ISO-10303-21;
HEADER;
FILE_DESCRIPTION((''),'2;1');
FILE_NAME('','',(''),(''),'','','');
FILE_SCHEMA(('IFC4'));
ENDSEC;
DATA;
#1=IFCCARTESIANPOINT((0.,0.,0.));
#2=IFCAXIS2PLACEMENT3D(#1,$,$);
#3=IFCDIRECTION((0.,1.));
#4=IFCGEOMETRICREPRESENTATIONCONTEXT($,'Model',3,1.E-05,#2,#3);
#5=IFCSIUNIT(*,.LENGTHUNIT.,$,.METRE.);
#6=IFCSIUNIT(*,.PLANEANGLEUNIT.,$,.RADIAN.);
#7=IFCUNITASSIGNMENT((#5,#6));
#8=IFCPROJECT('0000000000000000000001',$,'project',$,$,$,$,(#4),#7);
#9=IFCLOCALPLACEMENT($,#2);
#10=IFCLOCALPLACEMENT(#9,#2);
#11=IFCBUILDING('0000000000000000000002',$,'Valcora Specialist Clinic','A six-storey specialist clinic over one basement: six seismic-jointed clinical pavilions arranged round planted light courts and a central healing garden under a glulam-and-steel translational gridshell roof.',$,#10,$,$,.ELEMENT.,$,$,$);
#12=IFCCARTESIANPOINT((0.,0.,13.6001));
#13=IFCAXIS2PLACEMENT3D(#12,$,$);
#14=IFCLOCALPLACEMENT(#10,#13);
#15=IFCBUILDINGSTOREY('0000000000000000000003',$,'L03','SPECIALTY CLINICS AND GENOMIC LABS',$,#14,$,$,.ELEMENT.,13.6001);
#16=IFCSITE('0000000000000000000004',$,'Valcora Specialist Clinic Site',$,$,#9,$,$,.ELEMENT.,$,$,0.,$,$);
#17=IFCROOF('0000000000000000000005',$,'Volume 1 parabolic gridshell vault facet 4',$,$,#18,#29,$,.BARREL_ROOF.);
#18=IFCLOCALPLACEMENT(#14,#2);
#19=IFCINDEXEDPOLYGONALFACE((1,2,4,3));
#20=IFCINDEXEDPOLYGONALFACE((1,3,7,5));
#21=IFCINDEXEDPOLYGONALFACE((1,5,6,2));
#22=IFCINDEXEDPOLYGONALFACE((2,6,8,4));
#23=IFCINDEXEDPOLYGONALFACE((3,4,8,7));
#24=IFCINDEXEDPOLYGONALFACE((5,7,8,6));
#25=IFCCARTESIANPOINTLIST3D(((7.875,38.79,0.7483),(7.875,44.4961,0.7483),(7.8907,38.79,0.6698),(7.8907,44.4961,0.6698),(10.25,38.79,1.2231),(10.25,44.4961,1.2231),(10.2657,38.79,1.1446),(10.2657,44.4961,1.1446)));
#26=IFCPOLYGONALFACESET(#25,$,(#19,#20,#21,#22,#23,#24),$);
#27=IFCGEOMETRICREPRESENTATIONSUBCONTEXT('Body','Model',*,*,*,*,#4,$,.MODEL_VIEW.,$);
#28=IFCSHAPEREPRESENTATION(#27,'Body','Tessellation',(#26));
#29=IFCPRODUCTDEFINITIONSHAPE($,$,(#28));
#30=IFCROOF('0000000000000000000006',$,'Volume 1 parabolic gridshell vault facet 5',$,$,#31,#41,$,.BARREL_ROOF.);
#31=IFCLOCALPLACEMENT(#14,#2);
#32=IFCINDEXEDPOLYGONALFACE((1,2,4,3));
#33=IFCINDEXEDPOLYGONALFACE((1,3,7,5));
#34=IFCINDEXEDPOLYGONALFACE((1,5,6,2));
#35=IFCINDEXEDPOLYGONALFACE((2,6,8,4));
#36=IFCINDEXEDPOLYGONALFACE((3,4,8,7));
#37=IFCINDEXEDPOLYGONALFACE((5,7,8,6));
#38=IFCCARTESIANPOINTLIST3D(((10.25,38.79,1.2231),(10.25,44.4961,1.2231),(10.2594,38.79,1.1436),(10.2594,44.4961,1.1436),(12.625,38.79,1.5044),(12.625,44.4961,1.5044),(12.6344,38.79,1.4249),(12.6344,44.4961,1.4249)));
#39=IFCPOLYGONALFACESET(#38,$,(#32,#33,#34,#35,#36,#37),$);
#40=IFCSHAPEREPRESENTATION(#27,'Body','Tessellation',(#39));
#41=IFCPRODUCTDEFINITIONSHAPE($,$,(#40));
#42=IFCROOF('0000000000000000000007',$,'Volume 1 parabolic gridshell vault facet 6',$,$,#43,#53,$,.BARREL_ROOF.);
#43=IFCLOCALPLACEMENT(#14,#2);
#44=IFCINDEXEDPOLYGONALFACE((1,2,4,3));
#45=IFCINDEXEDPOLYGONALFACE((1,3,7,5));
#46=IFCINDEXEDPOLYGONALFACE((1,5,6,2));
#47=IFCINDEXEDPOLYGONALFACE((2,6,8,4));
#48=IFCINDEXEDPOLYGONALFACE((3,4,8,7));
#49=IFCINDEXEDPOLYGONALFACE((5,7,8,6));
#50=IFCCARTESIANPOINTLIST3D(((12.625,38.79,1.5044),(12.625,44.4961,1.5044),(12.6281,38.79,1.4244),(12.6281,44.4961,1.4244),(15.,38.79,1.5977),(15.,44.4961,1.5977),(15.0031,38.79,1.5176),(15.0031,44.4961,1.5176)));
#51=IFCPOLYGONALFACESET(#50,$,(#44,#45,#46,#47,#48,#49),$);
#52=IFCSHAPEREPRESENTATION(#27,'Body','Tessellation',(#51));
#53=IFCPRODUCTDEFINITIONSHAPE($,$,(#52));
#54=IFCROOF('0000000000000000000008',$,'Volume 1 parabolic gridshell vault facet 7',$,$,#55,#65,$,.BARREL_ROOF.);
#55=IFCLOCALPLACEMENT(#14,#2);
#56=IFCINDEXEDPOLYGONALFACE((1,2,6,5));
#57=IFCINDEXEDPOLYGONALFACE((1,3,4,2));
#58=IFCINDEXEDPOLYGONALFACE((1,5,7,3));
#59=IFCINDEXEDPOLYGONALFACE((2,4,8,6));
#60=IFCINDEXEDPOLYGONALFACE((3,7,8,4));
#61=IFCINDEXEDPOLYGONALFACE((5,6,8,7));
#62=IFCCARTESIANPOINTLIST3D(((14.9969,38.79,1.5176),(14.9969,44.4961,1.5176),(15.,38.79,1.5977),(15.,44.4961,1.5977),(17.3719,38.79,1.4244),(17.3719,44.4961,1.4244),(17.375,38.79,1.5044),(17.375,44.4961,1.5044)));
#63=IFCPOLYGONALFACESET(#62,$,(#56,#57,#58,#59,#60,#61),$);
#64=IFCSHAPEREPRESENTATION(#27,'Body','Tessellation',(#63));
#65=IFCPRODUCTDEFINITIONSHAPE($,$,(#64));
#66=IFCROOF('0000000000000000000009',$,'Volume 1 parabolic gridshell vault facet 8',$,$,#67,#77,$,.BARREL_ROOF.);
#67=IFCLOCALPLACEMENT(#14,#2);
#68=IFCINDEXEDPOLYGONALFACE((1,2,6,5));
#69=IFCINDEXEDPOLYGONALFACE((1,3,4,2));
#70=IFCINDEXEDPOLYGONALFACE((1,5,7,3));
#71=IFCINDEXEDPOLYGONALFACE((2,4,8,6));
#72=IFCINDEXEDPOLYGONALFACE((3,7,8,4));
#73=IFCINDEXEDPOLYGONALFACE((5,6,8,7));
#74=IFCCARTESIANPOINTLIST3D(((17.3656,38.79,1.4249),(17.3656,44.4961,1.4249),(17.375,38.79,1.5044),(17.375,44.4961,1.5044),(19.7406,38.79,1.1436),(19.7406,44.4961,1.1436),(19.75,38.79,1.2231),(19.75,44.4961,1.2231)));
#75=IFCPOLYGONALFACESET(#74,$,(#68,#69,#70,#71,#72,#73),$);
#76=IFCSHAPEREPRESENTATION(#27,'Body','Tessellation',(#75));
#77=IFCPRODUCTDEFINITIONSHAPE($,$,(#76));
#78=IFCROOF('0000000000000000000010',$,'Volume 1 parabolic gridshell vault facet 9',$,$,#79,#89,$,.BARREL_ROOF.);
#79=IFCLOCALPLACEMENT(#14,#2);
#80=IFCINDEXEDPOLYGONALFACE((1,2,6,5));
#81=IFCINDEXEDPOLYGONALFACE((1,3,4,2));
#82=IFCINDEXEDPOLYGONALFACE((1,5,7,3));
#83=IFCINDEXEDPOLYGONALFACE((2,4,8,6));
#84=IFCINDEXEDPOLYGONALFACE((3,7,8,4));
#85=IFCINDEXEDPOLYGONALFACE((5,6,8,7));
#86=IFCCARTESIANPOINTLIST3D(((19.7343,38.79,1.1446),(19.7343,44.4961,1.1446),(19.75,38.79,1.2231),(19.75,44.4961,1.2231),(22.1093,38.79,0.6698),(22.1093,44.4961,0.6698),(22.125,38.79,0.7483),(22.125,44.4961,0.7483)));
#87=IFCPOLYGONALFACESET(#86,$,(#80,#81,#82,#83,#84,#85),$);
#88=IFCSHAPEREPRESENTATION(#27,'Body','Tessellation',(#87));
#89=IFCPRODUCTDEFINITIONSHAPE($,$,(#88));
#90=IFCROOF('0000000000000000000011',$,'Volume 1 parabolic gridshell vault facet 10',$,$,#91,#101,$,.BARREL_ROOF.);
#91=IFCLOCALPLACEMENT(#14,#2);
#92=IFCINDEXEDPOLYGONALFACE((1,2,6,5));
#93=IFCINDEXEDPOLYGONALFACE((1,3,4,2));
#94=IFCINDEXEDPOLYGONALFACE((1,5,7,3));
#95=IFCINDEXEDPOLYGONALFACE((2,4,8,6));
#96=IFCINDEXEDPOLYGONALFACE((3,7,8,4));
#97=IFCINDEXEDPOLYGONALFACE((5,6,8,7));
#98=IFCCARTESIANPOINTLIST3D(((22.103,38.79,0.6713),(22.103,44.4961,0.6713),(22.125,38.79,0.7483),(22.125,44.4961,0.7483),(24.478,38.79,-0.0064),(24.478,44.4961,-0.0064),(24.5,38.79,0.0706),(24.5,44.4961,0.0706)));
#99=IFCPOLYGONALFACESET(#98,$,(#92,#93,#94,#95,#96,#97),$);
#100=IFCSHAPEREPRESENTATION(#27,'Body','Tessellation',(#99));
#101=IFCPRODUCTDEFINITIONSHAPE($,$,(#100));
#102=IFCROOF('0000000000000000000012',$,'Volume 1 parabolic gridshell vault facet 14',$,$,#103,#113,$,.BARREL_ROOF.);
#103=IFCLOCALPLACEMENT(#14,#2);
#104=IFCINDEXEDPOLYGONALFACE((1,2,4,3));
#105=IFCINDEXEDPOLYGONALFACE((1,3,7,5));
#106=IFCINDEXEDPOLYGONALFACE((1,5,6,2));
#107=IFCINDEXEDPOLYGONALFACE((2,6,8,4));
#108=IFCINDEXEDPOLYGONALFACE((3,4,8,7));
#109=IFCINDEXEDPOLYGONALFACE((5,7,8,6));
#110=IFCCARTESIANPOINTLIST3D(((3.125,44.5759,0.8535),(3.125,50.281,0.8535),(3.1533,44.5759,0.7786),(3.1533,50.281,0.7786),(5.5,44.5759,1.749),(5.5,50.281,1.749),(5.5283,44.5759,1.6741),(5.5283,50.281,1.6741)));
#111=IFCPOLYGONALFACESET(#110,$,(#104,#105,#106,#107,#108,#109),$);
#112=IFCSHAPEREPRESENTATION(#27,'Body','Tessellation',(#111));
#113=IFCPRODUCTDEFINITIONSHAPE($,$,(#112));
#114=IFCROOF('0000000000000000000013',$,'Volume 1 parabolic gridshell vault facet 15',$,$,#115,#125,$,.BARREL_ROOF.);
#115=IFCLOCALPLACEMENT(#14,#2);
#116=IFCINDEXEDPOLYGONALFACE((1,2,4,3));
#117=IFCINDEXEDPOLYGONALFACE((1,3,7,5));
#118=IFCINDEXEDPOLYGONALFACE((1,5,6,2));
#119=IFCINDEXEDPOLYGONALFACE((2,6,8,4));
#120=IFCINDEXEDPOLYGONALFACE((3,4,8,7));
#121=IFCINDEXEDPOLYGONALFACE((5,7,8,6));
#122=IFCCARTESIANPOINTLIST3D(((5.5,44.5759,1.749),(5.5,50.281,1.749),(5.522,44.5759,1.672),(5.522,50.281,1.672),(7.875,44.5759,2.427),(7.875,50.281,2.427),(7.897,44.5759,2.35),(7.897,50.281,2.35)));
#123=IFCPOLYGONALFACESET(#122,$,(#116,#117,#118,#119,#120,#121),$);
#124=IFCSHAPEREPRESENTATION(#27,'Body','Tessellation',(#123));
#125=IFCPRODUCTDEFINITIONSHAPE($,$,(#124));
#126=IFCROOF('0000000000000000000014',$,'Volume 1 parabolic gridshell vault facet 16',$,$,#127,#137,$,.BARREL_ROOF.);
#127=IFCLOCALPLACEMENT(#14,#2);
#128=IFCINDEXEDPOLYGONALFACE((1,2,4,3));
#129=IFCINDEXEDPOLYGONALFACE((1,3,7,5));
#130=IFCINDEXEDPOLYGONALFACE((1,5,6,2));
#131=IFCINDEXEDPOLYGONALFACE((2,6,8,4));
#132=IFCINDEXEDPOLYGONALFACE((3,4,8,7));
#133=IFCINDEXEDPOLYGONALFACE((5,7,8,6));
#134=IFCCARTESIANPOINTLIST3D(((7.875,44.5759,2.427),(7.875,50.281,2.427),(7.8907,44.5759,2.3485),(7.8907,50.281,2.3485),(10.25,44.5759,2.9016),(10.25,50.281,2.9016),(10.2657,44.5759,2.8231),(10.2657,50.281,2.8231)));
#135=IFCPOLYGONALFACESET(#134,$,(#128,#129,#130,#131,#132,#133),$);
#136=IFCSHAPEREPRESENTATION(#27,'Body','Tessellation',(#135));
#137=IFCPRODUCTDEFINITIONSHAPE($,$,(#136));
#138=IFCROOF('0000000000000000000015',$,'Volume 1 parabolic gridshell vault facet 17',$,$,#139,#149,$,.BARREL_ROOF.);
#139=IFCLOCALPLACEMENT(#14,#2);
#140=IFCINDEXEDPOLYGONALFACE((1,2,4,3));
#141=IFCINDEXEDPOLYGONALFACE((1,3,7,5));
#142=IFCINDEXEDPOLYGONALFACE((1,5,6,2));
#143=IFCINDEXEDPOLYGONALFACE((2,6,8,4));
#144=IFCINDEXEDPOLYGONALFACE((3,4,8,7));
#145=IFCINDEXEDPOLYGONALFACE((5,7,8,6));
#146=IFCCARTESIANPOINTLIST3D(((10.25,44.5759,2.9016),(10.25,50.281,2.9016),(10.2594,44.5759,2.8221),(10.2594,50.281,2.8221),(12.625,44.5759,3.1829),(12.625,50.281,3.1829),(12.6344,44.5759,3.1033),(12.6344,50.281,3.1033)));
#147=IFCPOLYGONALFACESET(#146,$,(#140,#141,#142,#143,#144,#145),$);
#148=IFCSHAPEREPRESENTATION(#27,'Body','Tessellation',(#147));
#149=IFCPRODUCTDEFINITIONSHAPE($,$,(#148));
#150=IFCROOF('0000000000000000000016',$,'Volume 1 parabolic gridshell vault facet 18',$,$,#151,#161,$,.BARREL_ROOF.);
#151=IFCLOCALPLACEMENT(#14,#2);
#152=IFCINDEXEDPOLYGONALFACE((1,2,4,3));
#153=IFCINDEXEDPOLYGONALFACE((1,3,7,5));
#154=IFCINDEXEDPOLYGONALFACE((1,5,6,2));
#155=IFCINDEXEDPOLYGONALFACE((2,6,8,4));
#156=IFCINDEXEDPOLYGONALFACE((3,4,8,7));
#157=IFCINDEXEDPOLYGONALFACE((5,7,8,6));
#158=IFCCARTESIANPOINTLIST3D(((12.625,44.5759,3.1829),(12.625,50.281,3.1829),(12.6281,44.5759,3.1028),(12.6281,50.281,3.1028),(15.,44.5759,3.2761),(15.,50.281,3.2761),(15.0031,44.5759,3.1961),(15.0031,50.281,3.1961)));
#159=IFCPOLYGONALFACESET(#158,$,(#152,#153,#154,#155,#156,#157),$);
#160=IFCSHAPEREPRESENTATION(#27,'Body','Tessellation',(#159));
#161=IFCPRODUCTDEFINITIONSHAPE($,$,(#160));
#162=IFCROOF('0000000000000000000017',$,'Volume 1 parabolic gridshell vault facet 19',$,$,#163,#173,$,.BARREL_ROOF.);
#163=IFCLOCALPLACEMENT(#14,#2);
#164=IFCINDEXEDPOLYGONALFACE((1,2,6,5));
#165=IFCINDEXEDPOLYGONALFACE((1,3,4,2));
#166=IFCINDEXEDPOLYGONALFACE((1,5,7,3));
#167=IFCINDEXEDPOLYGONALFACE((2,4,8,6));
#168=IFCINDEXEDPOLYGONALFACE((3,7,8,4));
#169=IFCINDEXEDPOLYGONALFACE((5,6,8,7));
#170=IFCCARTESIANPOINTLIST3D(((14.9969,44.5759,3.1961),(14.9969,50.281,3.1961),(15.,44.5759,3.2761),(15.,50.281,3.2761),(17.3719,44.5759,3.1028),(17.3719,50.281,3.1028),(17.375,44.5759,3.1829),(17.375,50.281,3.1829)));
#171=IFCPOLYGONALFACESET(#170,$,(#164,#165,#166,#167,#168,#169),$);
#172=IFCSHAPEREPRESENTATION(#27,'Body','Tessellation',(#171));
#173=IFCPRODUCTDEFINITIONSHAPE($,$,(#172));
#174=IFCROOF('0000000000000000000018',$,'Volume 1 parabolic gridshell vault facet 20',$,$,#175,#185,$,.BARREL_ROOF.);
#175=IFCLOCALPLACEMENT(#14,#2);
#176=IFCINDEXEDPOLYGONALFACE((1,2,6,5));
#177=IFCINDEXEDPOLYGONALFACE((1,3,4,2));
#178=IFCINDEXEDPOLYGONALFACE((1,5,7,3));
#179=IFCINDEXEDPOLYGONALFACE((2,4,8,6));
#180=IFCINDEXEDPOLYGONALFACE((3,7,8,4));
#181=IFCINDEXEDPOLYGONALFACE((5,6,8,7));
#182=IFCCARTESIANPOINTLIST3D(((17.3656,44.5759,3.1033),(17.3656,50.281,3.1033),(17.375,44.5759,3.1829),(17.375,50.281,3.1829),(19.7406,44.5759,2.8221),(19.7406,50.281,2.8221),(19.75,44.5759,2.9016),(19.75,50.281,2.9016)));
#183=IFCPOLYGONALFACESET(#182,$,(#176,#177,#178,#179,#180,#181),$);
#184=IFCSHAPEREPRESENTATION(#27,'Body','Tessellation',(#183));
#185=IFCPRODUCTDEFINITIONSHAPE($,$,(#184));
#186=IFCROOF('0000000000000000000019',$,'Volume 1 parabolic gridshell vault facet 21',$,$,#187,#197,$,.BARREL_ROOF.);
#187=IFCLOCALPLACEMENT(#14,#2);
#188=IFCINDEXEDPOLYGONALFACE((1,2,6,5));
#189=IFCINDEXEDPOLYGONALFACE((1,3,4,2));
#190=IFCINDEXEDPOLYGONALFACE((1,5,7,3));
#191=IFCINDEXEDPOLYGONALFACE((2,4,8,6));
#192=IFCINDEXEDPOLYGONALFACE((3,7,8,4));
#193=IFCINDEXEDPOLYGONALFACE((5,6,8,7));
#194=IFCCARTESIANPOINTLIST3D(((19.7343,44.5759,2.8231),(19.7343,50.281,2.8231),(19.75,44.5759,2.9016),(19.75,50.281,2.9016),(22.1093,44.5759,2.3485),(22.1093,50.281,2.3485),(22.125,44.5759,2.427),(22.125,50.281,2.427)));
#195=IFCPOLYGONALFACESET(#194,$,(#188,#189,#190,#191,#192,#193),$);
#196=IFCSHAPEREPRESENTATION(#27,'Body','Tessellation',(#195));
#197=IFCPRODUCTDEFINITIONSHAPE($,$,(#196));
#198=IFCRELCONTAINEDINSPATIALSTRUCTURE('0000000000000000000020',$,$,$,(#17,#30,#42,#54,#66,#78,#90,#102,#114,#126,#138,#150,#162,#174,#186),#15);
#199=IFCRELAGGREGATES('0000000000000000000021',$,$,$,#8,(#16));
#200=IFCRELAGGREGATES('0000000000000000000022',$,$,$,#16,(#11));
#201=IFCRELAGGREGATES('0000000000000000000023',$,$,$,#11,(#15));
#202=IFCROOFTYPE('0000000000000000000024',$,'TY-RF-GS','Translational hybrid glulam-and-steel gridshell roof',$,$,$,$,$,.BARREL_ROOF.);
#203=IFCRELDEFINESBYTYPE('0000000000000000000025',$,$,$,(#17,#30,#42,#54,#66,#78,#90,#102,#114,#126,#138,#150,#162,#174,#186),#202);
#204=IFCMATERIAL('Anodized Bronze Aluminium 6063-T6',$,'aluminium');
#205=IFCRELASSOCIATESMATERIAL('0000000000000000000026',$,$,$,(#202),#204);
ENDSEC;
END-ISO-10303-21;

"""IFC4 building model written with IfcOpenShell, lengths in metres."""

from ifc_helpers import new_model, si_unit, direction, frame, origin, place, context, subcontext, project, spatial, polyline, outline, extrude, material, type_object, element, save


model = new_model("IFC4")

# Units and contexts
model_context = context("Model", 3, precision=1e-05, world=origin(), true_north=direction((0.0, 1.0)))
body_context = subcontext(model_context, "Body", "Model", "MODEL_VIEW")
ifc_project = project(units=[si_unit("LENGTHUNIT", "METRE"), si_unit("PLANEANGLEUNIT", "RADIAN")], contexts=[model_context])

# Site, building, storey
site_placement = place(None, origin())
site = spatial("IfcSite", under=ifc_project, at=site_placement, Name="Valcora Specialist Clinic Site", CompositionType="ELEMENT", RefElevation=0.0)
building_placement = place(site_placement, origin())
building = spatial("IfcBuilding", under=site, at=building_placement, Name="Valcora Specialist Clinic", Description="A six-storey specialist clinic over one basement: six seismic-jointed clinical pavilions arranged round planted light courts and a central healing garden under a glulam-and-steel translational gridshell roof.", CompositionType="ELEMENT")
storey_placement = place(building_placement, frame((0.0, 0.0, 13.6001)))
storey = spatial("IfcBuildingStorey", under=building, at=storey_placement, Name="L03", Description="SPECIALTY CLINICS AND GENOMIC LABS", CompositionType="ELEMENT", Elevation=13.6001)

# Roofs
ifc_material = material(Name="Anodized Bronze Aluminium 6063-T6", Category="aluminium")
roof_type = type_object("IfcRoofType", Name="TY-RF-GS", Description="Translational hybrid glulam-and-steel gridshell roof", PredefinedType="BARREL_ROOF", material=ifc_material)
roof_1_placement = place(storey_placement, frame((7.875, 38.79, 0.7483), z_axis=(-0.196058, 0.0, 0.980592), x_axis=(0.980592, 0.0, 0.196058)))
element("IfcRoof", 1, at=roof_1_placement, inside=storey, type_object=roof_type, Name="Volume 1 parabolic gridshell vault facet 4", PredefinedType="BARREL_ROOF", context=body_context, shape_type="SweptSolid", body=[
    extrude(outline(polyline([(0.0, 0.0), (2.422, 0.0), (2.422, 5.7061), (0.0, 5.7061), (0.0, 0.0)])), origin(), (0.0, 0.0, -1.0), 0.0801),
])
roof_2_placement = place(storey_placement, frame((10.25, 38.79, 1.2231), z_axis=(-0.117599, 0.0, 0.993061), x_axis=(0.993061, 0.0, 0.117599)))
element("IfcRoof", 2, at=roof_2_placement, inside=storey, type_object=roof_type, Name="Volume 1 parabolic gridshell vault facet 5", PredefinedType="BARREL_ROOF", context=body_context, shape_type="SweptSolid", body=[
    extrude(outline(polyline([(0.0, 0.0), (2.3916, 0.0), (2.3916, 5.7061), (0.0, 5.7061), (0.0, 0.0)])), origin(), (0.0, 0.0, -1.0), 0.0801),
])
for number, where, z_axis, x_axis, name in (
    (3, (12.625, 38.79, 1.5044), (-0.039238, 0.0, 0.99923), (0.99923, 0.0, 0.039238), "Volume 1 parabolic gridshell vault facet 6"),
    (4, (15.0, 38.79, 1.5977), (0.039238, 0.0, 0.99923), (0.99923, 0.0, -0.039238), "Volume 1 parabolic gridshell vault facet 7"),
):
    element("IfcRoof", number, at=place(storey_placement, frame(where, z_axis=z_axis, x_axis=x_axis)), inside=storey, type_object=roof_type, Name=name, PredefinedType="BARREL_ROOF", context=body_context, shape_type="SweptSolid", body=[
        extrude(outline(polyline([(0.0, 0.0), (2.3768, 0.0), (2.3768, 5.7061), (0.0, 5.7061), (0.0, 0.0)])), origin(), (0.0, 0.0, -1.0), 0.0801),
    ])
roof_3_placement = place(storey_placement, frame((17.375, 38.79, 1.5044), z_axis=(0.117599, 0.0, 0.993061), x_axis=(0.993061, 0.0, -0.117599)))
element("IfcRoof", 5, at=roof_3_placement, inside=storey, type_object=roof_type, Name="Volume 1 parabolic gridshell vault facet 8", PredefinedType="BARREL_ROOF", context=body_context, shape_type="SweptSolid", body=[
    extrude(outline(polyline([(0.0, 0.0), (2.3916, 0.0), (2.3916, 5.7061), (0.0, 5.7061), (0.0, 0.0)])), origin(), (0.0, 0.0, -1.0), 0.0801),
])
roof_4_placement = place(storey_placement, frame((19.75, 38.79, 1.2231), z_axis=(0.196058, 0.0, 0.980592), x_axis=(0.980592, 0.0, -0.196058)))
element("IfcRoof", 6, at=roof_4_placement, inside=storey, type_object=roof_type, Name="Volume 1 parabolic gridshell vault facet 9", PredefinedType="BARREL_ROOF", context=body_context, shape_type="SweptSolid", body=[
    extrude(outline(polyline([(0.0, 0.0), (2.422, 0.0), (2.422, 5.7061), (0.0, 5.7061), (0.0, 0.0)])), origin(), (0.0, 0.0, -1.0), 0.0801),
])
roof_5_placement = place(storey_placement, frame((22.125, 38.79, 0.7483), z_axis=(0.274408, 0.0, 0.961613), x_axis=(0.961613, 0.0, -0.274408)))
element("IfcRoof", 7, at=roof_5_placement, inside=storey, type_object=roof_type, Name="Volume 1 parabolic gridshell vault facet 10", PredefinedType="BARREL_ROOF", context=body_context, shape_type="SweptSolid", body=[
    extrude(outline(polyline([(0.0, 0.0), (2.4698, 0.0), (2.4698, 5.7061), (0.0, 5.7061), (0.0, 0.0)])), origin(), (0.0, 0.0, -1.0), 0.0801),
])
roof_6_placement = place(storey_placement, frame((3.125, 44.5759, 0.8535), z_axis=(-0.352809, 0.0, 0.935695), x_axis=(0.935695, 0.0, 0.352809)))
element("IfcRoof", 8, at=roof_6_placement, inside=storey, type_object=roof_type, Name="Volume 1 parabolic gridshell vault facet 14", PredefinedType="BARREL_ROOF", context=body_context, shape_type="SweptSolid", body=[
    extrude(outline(polyline([(0.0, 0.0), (2.5382, 0.0), (2.5382, 5.7051), (0.0, 5.7051), (0.0, 0.0)])), origin(), (0.0, 0.0, -1.0), 0.0801),
])
roof_7_placement = place(storey_placement, frame((5.5, 44.5759, 1.749), z_axis=(-0.274499, 0.0, 0.961587), x_axis=(0.961587, 0.0, 0.274499)))
element("IfcRoof", 9, at=roof_7_placement, inside=storey, type_object=roof_type, Name="Volume 1 parabolic gridshell vault facet 15", PredefinedType="BARREL_ROOF", context=body_context, shape_type="SweptSolid", body=[
    extrude(outline(polyline([(0.0, 0.0), (2.4699, 0.0), (2.4699, 5.7051), (0.0, 5.7051), (0.0, 0.0)])), origin(), (0.0, 0.0, -1.0), 0.0801),
])
roof_8_placement = place(storey_placement, frame((7.875, 44.5759, 2.427), z_axis=(-0.195961, 0.0, 0.980612), x_axis=(0.980612, 0.0, 0.195961)))
element("IfcRoof", 10, at=roof_8_placement, inside=storey, type_object=roof_type, Name="Volume 1 parabolic gridshell vault facet 16", PredefinedType="BARREL_ROOF", context=body_context, shape_type="SweptSolid", body=[
    extrude(outline(polyline([(0.0, 0.0), (2.422, 0.0), (2.422, 5.7051), (0.0, 5.7051), (0.0, 0.0)])), origin(), (0.0, 0.0, -1.0), 0.0801),
])
roof_9_placement = place(storey_placement, frame((10.25, 44.5759, 2.9016), z_axis=(-0.117599, 0.0, 0.993061), x_axis=(0.993061, 0.0, 0.117599)))
element("IfcRoof", 11, at=roof_9_placement, inside=storey, type_object=roof_type, Name="Volume 1 parabolic gridshell vault facet 17", PredefinedType="BARREL_ROOF", context=body_context, shape_type="SweptSolid", body=[
    extrude(outline(polyline([(0.0, 0.0), (2.3916, 0.0), (2.3916, 5.7051), (0.0, 5.7051), (0.0, 0.0)])), origin(), (0.0, 0.0, -1.0), 0.0801),
])
for number, where, z_axis, x_axis, name in (
    (12, (12.625, 44.5759, 3.1829), (-0.039238, 0.0, 0.99923), (0.99923, 0.0, 0.039238), "Volume 1 parabolic gridshell vault facet 18"),
    (13, (15.0, 44.5759, 3.2761), (0.039238, 0.0, 0.99923), (0.99923, 0.0, -0.039238), "Volume 1 parabolic gridshell vault facet 19"),
):
    element("IfcRoof", number, at=place(storey_placement, frame(where, z_axis=z_axis, x_axis=x_axis)), inside=storey, type_object=roof_type, Name=name, PredefinedType="BARREL_ROOF", context=body_context, shape_type="SweptSolid", body=[
        extrude(outline(polyline([(0.0, 0.0), (2.3768, 0.0), (2.3768, 5.7051), (0.0, 5.7051), (0.0, 0.0)])), origin(), (0.0, 0.0, -1.0), 0.0801),
    ])
roof_10_placement = place(storey_placement, frame((17.375, 44.5759, 3.1829), z_axis=(0.117599, 0.0, 0.993061), x_axis=(0.993061, 0.0, -0.117599)))
element("IfcRoof", 14, at=roof_10_placement, inside=storey, type_object=roof_type, Name="Volume 1 parabolic gridshell vault facet 20", PredefinedType="BARREL_ROOF", context=body_context, shape_type="SweptSolid", body=[
    extrude(outline(polyline([(0.0, 0.0), (2.3916, 0.0), (2.3916, 5.7051), (0.0, 5.7051), (0.0, 0.0)])), origin(), (0.0, 0.0, -1.0), 0.0801),
])
roof_11_placement = place(storey_placement, frame((19.75, 44.5759, 2.9016), z_axis=(0.195961, 0.0, 0.980612), x_axis=(0.980612, 0.0, -0.195961)))
element("IfcRoof", 15, at=roof_11_placement, inside=storey, type_object=roof_type, Name="Volume 1 parabolic gridshell vault facet 21", PredefinedType="BARREL_ROOF", context=body_context, shape_type="SweptSolid", body=[
    extrude(outline(polyline([(0.0, 0.0), (2.422, 0.0), (2.422, 5.7051), (0.0, 5.7051), (0.0, 0.0)])), origin(), (0.0, 0.0, -1.0), 0.0801),
])

save(model, "model.ifc")
